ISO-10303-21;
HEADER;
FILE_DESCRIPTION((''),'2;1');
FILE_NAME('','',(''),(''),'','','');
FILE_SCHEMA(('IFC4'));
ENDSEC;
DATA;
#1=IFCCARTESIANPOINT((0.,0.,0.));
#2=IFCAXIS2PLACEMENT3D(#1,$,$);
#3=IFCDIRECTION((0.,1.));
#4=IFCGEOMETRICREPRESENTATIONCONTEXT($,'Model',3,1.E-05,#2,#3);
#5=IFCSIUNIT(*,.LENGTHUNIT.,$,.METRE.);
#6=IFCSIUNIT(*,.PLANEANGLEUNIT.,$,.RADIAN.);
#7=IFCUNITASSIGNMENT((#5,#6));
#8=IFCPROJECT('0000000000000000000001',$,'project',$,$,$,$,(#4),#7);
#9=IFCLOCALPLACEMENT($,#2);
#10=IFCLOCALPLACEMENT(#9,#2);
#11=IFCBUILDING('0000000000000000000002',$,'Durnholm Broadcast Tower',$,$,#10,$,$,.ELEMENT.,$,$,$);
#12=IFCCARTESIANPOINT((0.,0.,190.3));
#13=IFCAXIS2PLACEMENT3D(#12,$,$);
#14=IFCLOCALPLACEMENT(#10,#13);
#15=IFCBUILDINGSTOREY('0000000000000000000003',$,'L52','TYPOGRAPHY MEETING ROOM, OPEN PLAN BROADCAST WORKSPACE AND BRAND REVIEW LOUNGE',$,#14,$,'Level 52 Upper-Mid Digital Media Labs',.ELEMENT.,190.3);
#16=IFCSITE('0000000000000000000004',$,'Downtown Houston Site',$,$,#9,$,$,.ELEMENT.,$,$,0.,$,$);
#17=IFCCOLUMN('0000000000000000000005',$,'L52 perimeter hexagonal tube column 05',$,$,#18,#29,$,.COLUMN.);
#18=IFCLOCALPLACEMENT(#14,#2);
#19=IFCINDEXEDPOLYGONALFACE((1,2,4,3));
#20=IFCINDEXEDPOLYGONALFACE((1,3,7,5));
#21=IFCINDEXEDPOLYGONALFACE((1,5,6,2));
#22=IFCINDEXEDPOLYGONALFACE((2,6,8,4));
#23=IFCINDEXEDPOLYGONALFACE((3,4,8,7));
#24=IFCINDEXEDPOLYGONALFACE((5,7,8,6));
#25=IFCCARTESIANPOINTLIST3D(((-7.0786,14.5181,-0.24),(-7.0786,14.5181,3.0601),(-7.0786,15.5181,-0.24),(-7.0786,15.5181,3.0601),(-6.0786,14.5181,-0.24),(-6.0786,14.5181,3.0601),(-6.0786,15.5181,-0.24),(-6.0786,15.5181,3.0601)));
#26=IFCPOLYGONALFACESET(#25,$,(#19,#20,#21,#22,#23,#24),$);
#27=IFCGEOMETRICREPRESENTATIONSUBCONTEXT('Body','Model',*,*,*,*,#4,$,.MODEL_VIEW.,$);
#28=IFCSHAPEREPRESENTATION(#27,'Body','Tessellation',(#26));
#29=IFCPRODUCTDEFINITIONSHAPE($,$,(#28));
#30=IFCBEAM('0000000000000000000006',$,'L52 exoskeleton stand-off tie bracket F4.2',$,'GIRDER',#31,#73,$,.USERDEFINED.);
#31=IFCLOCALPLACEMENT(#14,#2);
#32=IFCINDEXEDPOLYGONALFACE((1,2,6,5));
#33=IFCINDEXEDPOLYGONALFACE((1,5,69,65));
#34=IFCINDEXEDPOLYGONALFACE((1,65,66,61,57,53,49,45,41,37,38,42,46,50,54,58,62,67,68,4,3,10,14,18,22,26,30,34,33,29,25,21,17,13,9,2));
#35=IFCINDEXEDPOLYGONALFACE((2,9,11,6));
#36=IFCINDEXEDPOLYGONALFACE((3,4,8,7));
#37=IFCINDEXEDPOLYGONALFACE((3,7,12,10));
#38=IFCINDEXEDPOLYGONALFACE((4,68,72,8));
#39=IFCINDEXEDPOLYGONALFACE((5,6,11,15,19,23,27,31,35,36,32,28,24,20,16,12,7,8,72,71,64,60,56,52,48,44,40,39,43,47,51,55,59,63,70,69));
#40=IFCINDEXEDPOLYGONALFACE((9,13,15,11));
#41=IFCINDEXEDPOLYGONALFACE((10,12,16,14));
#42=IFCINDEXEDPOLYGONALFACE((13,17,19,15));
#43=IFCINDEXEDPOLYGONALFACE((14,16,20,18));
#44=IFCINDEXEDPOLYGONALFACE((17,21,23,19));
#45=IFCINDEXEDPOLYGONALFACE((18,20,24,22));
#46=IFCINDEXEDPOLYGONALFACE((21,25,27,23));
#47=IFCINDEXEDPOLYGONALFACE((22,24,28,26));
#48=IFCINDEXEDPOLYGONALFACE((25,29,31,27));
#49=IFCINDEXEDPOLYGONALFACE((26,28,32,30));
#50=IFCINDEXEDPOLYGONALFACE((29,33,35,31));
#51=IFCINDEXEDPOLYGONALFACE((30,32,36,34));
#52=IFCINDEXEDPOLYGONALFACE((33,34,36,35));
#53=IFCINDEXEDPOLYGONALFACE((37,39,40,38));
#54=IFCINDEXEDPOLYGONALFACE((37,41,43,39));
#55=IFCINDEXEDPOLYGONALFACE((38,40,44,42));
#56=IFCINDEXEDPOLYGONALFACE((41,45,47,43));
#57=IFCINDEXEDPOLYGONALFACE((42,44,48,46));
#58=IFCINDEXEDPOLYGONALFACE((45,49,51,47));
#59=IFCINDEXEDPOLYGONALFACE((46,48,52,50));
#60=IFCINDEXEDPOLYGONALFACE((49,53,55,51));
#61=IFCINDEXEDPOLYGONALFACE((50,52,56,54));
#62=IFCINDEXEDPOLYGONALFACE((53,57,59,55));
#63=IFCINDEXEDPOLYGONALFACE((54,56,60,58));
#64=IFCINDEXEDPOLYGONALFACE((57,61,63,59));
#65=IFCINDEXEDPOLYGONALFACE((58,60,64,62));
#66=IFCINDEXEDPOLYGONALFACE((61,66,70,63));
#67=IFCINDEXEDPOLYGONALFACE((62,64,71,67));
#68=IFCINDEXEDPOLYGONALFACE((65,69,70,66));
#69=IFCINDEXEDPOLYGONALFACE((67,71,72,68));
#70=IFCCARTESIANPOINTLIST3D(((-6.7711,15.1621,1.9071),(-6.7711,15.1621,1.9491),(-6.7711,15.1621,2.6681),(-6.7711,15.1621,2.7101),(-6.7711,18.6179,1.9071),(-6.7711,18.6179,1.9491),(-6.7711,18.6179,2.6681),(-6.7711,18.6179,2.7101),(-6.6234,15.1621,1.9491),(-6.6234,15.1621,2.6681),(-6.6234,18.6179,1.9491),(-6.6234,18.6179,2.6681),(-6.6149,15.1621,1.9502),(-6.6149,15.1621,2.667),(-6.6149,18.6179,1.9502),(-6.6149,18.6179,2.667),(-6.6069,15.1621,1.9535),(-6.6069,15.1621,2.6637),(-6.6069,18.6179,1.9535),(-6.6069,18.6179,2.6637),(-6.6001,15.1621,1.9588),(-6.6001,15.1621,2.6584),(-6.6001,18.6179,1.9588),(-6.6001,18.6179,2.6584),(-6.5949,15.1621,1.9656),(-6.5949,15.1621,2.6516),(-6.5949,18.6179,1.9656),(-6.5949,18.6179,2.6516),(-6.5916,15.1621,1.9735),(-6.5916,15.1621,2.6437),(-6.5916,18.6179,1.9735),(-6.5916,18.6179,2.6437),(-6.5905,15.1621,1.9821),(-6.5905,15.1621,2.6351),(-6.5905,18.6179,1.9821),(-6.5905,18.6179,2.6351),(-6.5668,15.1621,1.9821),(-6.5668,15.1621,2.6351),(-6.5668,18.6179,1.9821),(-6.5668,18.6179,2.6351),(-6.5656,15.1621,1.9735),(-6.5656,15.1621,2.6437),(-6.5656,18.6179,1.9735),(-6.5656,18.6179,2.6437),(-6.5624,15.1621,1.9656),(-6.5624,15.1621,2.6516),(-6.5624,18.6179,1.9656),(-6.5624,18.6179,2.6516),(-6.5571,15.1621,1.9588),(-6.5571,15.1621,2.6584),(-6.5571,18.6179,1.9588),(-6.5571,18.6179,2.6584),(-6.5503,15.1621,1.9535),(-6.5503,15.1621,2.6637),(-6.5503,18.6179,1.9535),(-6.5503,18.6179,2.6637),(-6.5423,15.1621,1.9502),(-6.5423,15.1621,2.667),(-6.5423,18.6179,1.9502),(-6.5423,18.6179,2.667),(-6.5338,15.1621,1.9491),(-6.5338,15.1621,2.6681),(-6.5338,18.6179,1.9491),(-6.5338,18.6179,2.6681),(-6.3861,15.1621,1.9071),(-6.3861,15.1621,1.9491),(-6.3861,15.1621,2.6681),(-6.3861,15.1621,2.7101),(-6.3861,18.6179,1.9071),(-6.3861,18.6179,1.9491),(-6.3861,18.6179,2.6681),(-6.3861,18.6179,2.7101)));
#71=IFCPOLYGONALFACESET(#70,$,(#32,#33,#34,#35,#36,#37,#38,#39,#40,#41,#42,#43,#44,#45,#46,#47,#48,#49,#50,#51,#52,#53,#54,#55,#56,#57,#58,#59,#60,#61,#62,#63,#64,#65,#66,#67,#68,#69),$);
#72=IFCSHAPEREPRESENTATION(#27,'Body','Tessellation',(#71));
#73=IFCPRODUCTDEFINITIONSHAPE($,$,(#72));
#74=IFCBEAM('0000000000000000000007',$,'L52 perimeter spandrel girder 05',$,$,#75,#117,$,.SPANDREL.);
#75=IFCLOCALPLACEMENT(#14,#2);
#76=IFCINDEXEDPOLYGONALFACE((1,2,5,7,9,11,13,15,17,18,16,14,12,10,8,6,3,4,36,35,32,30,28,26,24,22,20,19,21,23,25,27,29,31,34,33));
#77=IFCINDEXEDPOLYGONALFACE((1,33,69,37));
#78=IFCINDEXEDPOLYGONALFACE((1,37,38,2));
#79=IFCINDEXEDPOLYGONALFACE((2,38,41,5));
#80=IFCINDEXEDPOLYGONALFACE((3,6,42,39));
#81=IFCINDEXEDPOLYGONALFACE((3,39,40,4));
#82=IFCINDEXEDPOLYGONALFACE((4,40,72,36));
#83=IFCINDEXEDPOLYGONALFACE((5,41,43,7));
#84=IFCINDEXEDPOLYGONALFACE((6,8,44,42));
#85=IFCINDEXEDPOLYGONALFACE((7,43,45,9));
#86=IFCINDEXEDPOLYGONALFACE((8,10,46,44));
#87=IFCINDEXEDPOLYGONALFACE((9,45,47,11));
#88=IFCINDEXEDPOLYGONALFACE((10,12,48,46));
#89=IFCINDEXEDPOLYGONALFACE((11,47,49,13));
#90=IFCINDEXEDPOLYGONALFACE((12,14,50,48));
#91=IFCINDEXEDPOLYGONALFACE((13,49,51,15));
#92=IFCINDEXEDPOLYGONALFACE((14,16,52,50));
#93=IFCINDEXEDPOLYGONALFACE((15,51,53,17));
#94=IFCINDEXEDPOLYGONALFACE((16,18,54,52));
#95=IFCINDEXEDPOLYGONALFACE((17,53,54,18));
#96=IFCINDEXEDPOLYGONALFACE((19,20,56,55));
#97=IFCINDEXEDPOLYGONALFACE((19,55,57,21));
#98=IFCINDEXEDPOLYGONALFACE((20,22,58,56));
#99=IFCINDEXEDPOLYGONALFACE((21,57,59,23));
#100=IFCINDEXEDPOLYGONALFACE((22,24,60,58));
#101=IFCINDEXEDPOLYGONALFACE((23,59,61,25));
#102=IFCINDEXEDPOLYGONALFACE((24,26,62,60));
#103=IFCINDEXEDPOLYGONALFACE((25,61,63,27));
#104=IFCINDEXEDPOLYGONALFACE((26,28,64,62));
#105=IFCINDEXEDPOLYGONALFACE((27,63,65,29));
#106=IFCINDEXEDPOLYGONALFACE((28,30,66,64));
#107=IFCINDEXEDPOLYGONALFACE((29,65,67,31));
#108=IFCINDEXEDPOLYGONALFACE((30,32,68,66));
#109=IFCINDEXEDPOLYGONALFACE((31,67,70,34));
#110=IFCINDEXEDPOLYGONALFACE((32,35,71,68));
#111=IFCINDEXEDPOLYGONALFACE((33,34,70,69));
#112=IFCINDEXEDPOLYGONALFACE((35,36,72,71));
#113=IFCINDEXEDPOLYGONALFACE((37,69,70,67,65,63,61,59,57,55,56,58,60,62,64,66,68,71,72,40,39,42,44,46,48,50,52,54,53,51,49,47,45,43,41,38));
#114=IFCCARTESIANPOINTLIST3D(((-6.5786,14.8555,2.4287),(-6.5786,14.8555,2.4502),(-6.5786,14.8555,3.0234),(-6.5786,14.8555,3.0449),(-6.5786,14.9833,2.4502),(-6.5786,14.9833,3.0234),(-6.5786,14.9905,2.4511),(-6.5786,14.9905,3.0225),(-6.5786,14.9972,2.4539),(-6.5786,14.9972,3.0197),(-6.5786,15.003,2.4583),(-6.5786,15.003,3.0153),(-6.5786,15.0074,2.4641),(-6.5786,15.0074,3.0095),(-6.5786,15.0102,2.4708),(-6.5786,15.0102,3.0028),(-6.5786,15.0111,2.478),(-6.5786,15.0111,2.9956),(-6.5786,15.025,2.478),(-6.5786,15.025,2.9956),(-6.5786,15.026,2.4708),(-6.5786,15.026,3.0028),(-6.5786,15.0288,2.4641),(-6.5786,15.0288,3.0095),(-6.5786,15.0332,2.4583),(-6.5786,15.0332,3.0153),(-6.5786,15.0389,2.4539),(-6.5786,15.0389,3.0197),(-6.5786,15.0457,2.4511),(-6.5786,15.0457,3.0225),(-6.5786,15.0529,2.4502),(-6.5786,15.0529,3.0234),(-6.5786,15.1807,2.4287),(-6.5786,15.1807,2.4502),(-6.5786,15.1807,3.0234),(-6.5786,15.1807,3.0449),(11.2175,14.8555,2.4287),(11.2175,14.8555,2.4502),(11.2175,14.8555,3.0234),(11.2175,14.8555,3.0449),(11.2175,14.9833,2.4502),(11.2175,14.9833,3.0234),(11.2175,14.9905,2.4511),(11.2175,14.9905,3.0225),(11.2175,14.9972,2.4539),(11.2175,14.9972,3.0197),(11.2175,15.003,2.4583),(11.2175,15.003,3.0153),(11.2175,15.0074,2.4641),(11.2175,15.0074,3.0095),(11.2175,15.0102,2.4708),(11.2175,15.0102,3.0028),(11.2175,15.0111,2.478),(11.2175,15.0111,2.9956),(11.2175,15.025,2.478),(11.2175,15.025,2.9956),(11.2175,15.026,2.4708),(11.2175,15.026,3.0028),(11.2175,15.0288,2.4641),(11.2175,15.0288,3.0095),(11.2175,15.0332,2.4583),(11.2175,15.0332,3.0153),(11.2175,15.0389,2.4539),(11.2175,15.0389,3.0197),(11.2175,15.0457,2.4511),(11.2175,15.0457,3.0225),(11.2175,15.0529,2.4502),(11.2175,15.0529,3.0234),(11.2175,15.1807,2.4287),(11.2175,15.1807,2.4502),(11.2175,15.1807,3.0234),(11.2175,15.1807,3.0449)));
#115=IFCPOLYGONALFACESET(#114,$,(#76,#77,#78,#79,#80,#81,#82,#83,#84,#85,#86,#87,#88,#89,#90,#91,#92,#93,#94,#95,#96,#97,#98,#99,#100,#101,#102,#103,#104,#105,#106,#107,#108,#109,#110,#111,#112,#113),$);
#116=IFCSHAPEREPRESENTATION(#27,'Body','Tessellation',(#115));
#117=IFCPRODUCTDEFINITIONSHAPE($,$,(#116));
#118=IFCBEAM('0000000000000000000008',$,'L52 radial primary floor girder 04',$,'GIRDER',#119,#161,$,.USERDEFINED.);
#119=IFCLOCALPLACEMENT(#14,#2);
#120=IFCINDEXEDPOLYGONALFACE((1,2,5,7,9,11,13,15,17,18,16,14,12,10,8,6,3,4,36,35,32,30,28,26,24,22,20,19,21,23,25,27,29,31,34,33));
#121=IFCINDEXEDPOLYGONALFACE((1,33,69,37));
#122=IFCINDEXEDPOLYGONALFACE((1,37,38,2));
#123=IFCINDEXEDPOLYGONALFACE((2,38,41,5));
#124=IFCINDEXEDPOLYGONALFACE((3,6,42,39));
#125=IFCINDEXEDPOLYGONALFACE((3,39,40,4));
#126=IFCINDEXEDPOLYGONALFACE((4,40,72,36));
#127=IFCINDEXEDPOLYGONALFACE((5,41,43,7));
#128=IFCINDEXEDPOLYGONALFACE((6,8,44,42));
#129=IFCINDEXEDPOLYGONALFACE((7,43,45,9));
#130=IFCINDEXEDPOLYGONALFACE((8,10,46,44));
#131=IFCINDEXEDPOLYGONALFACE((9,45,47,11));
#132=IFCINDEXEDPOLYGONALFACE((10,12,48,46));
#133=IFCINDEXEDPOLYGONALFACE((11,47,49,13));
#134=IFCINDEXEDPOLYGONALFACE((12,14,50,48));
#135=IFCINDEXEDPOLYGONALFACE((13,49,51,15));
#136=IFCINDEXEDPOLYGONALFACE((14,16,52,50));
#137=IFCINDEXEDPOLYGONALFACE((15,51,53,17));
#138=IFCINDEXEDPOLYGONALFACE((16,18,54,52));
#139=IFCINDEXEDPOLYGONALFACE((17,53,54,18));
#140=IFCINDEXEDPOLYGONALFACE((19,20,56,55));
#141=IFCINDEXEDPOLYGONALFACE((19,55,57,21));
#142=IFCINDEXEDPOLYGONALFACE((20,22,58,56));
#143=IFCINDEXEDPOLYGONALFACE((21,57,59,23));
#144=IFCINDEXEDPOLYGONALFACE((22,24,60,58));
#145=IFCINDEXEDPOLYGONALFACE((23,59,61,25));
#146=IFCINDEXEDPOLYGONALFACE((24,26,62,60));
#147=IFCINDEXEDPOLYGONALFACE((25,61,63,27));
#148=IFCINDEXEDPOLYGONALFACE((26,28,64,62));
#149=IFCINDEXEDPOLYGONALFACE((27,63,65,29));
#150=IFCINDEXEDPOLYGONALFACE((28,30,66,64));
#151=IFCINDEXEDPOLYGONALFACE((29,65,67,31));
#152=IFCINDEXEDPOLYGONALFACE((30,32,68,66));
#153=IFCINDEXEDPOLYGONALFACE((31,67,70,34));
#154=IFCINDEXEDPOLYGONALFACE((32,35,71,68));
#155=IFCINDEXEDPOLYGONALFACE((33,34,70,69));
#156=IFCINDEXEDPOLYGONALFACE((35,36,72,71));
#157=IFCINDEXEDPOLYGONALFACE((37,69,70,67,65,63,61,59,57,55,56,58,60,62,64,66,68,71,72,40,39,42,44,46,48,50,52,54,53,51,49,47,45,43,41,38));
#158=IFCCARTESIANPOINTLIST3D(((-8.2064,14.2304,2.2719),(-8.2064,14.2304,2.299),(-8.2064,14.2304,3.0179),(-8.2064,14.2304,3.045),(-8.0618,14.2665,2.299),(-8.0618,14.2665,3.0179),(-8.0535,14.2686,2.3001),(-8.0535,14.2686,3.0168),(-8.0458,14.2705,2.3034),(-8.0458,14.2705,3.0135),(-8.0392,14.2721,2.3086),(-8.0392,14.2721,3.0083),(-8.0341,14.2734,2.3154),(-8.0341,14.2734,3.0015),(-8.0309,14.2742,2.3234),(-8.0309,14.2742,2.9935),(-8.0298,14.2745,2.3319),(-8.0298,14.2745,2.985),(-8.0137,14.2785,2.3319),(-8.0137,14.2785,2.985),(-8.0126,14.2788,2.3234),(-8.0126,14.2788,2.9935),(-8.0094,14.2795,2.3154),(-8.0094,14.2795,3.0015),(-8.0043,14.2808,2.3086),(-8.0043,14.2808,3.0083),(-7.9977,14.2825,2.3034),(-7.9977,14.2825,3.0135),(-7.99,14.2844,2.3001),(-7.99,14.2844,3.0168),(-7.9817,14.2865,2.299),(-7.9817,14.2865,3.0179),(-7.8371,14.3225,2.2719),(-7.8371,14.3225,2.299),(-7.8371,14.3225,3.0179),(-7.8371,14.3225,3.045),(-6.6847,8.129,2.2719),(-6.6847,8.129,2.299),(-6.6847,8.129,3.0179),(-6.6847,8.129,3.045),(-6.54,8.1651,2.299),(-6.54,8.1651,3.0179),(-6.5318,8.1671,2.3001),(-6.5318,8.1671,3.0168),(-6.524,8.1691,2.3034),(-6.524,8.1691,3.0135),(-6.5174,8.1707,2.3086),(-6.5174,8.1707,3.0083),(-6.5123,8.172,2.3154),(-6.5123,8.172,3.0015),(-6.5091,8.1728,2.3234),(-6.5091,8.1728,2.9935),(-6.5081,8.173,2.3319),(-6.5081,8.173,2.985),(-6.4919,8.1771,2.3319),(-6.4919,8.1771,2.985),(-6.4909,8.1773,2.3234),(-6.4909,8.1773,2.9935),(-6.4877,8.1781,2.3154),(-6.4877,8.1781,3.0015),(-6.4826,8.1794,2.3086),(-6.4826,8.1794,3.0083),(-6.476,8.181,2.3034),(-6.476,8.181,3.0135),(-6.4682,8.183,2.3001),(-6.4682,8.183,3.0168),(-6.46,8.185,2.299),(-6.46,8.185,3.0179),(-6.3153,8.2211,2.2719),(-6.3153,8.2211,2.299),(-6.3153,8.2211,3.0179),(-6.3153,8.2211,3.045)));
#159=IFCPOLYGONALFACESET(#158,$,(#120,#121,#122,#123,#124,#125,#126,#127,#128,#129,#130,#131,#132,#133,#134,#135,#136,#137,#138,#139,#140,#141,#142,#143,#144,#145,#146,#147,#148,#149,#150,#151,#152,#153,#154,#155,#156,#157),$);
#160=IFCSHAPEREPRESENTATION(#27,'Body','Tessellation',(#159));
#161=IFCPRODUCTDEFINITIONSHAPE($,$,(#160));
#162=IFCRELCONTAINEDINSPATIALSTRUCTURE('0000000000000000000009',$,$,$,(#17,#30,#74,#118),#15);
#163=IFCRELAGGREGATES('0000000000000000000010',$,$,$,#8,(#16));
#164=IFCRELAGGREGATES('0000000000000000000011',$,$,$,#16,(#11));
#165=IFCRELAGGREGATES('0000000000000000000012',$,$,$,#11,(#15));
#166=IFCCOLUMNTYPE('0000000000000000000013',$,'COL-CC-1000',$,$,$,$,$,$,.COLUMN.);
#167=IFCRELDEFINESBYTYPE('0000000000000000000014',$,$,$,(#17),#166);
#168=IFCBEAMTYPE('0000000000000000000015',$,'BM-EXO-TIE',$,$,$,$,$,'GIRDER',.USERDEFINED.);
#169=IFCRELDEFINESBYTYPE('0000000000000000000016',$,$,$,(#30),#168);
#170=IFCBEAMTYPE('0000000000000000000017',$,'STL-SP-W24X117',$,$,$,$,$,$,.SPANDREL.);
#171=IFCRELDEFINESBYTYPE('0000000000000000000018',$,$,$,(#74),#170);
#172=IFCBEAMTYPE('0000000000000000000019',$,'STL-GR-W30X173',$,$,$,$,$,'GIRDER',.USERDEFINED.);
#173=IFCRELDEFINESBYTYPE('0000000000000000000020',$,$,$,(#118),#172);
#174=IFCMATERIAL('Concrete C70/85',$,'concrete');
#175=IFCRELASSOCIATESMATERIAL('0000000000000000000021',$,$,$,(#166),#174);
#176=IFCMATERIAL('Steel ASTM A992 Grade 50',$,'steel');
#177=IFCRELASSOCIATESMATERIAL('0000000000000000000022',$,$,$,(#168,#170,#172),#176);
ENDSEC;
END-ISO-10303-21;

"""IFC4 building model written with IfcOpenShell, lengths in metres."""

from ifc_helpers import new_model, si_unit, direction, frame, origin, origin_2d, place, context, subcontext, project, spatial, rectangle, i_section, extrude, source, transform, mapped, material, material_profile, profile_set, type_object, type_shapes, element, save


model = new_model("IFC4")

# Units and contexts
model_context = context("Model", 3, precision=1e-05, world=origin(), true_north=direction((0.0, 1.0)))
body_context = subcontext(model_context, "Body", "Model", "MODEL_VIEW")
ifc_project = project(units=[si_unit("LENGTHUNIT", "METRE"), si_unit("PLANEANGLEUNIT", "RADIAN")], contexts=[model_context])

# Site, building, storey
site_placement = place(None, origin())
site = spatial("IfcSite", under=ifc_project, at=site_placement, Name="Downtown Houston Site", CompositionType="ELEMENT", RefElevation=0.0)
building_placement = place(site_placement, origin())
building = spatial("IfcBuilding", under=site, at=building_placement, Name="Durnholm Broadcast Tower", CompositionType="ELEMENT")
storey_placement = place(building_placement, frame((0.0, 0.0, 190.3)))
storey = spatial("IfcBuildingStorey", under=building, at=storey_placement, Name="L52", Description="TYPOGRAPHY MEETING ROOM, OPEN PLAN BROADCAST WORKSPACE AND BRAND REVIEW LOUNGE", LongName="Level 52 Upper-Mid Digital Media Labs", CompositionType="ELEMENT", Elevation=190.3)

# Column
ifc_material_1 = material(Name="Concrete C70/85", Category="concrete")
ifc_material_profile_1 = material_profile(ifc_material_1, rectangle(XDim=1.0, YDim=1.0, at=origin_2d()), Name="RC1000X1000")
ifc_profile_set_1 = profile_set([ifc_material_profile_1], Name="Concrete C70/85")
column_type = type_object("IfcColumnType", Name="COL-CC-1000", PredefinedType="COLUMN", material=ifc_profile_set_1)
shared_shape_1 = source(origin(), body_context, "Body", "SweptSolid", [
    extrude(rectangle(XDim=1.0, YDim=1.0, at=origin_2d()), origin(), (0.0, 0.0, 1.0), 3.3),
])
type_shapes(column_type, [shared_shape_1])
column_placement = place(storey_placement, frame((-6.5786, 15.0181, -0.24), z_axis=(0.0, 0.0, 1.0), x_axis=(1.0, 0.0, 0.0)))
element("IfcColumn", 1, at=column_placement, inside=storey, type_object=column_type, Name="L52 perimeter hexagonal tube column 05", PredefinedType="COLUMN", context=body_context, shape_type="MappedRepresentation", body=[
    mapped(shared_shape_1, transform((0.0, 0.0, 0.0), x_axis=(1.0, 0.0, 0.0), y_axis=(0.0, 1.0, 0.0), z_axis=(0.0, 0.0, 1.0), scale=1.0)),
])

# Beams
ifc_material_2 = material(Name="Steel ASTM A992 Grade 50", Category="steel")
ifc_material_profile_2 = material_profile(ifc_material_2, i_section(OverallWidth=0.385, OverallDepth=0.803, WebThickness=0.0237, FlangeThickness=0.042, FilletRadius=0.033, at=origin_2d()), Name="W30X261")
ifc_profile_set_2 = profile_set([ifc_material_profile_2], Name="Steel ASTM A992 Grade 50")
beam_type_1 = type_object("IfcBeamType", Name="BM-EXO-TIE", ElementType="GIRDER", PredefinedType="USERDEFINED", material=ifc_profile_set_2)
shared_shape_2 = source(origin(), body_context, "Body", "SweptSolid", [
    extrude(i_section(OverallWidth=0.385, OverallDepth=0.803, WebThickness=0.0237, FlangeThickness=0.042, FilletRadius=0.033, at=origin_2d()), origin(), (0.0, 0.0, 1.0), 3.4558),
])
type_shapes(beam_type_1, [shared_shape_2])
beam_1_placement = place(storey_placement, frame((-6.5786, 15.1621, 2.3086), z_axis=(0.0, 1.0, 0.0), x_axis=(-1.0, 0.0, 0.0)))
element("IfcBeam", 2, at=beam_1_placement, inside=storey, type_object=beam_type_1, Name="L52 exoskeleton stand-off tie bracket F4.2", ObjectType="GIRDER", PredefinedType="USERDEFINED", context=body_context, shape_type="MappedRepresentation", body=[
    mapped(shared_shape_2, transform((0.0, 0.0, 0.0), x_axis=(1.0, 0.0, 0.0), y_axis=(0.0, 1.0, 0.0), z_axis=(0.0, 0.0, 1.0), scale=1.0)),
])
ifc_material_profile_3 = material_profile(ifc_material_2, i_section(OverallWidth=0.3252, OverallDepth=0.6162, WebThickness=0.0139, FlangeThickness=0.0215, FilletRadius=0.0278, at=origin_2d()), Name="W24X117")
ifc_profile_set_3 = profile_set([ifc_material_profile_3], Name="Steel ASTM A992 Grade 50")
beam_type_2 = type_object("IfcBeamType", Name="STL-SP-W24X117", PredefinedType="SPANDREL", material=ifc_profile_set_3)
shared_shape_3 = source(origin(), body_context, "Body", "SweptSolid", [
    extrude(i_section(OverallWidth=0.3252, OverallDepth=0.6162, WebThickness=0.0139, FlangeThickness=0.0215, FilletRadius=0.0278, at=origin_2d()), origin(), (0.0, 0.0, 1.0), 17.7961),
])
type_shapes(beam_type_2, [shared_shape_3])
beam_2_placement = place(storey_placement, frame((-6.5786, 15.0181, 2.7368), z_axis=(1.0, 0.0, 0.0), x_axis=(0.0, 1.0, 0.0)))
element("IfcBeam", 3, at=beam_2_placement, inside=storey, type_object=beam_type_2, Name="L52 perimeter spandrel girder 05", PredefinedType="SPANDREL", context=body_context, shape_type="MappedRepresentation", body=[
    mapped(shared_shape_3, transform((0.0, 0.0, 0.0), x_axis=(1.0, 0.0, 0.0), y_axis=(0.0, 1.0, 0.0), z_axis=(0.0, 0.0, 1.0), scale=1.0)),
])
ifc_material_profile_4 = material_profile(ifc_material_2, i_section(OverallWidth=0.3806, OverallDepth=0.7732, WebThickness=0.0166, FlangeThickness=0.0271, FilletRadius=0.033, at=origin_2d()), Name="W30X173")
ifc_profile_set_4 = profile_set([ifc_material_profile_4], Name="Steel ASTM A992 Grade 50")
beam_type_3 = type_object("IfcBeamType", Name="STL-GR-W30X173", ElementType="GIRDER", PredefinedType="USERDEFINED", material=ifc_profile_set_4)
shared_shape_4 = source(origin(), body_context, "Body", "SweptSolid", [
    extrude(i_section(OverallWidth=0.3806, OverallDepth=0.7732, WebThickness=0.0166, FlangeThickness=0.0271, FilletRadius=0.033, at=origin_2d()), origin(), (0.0, 0.0, 1.0), 6.2883),
])
beam_3_placement = place(storey_placement, frame((-6.5, 8.175, 2.6584), z_axis=(-0.241997, 0.970277, 0.0), x_axis=(-0.970277, -0.241997, 0.0)))
element("IfcBeam", 4, at=beam_3_placement, inside=storey, type_object=beam_type_3, Name="L52 radial primary floor girder 04", ObjectType="GIRDER", PredefinedType="USERDEFINED", context=body_context, shape_type="MappedRepresentation", body=[
    mapped(shared_shape_4, transform((0.0, 0.0, 0.0), x_axis=(1.0, 0.0, 0.0), y_axis=(0.0, 1.0, 0.0), z_axis=(0.0, 0.0, 1.0), scale=1.0)),
])

save(model, "model.ifc")
